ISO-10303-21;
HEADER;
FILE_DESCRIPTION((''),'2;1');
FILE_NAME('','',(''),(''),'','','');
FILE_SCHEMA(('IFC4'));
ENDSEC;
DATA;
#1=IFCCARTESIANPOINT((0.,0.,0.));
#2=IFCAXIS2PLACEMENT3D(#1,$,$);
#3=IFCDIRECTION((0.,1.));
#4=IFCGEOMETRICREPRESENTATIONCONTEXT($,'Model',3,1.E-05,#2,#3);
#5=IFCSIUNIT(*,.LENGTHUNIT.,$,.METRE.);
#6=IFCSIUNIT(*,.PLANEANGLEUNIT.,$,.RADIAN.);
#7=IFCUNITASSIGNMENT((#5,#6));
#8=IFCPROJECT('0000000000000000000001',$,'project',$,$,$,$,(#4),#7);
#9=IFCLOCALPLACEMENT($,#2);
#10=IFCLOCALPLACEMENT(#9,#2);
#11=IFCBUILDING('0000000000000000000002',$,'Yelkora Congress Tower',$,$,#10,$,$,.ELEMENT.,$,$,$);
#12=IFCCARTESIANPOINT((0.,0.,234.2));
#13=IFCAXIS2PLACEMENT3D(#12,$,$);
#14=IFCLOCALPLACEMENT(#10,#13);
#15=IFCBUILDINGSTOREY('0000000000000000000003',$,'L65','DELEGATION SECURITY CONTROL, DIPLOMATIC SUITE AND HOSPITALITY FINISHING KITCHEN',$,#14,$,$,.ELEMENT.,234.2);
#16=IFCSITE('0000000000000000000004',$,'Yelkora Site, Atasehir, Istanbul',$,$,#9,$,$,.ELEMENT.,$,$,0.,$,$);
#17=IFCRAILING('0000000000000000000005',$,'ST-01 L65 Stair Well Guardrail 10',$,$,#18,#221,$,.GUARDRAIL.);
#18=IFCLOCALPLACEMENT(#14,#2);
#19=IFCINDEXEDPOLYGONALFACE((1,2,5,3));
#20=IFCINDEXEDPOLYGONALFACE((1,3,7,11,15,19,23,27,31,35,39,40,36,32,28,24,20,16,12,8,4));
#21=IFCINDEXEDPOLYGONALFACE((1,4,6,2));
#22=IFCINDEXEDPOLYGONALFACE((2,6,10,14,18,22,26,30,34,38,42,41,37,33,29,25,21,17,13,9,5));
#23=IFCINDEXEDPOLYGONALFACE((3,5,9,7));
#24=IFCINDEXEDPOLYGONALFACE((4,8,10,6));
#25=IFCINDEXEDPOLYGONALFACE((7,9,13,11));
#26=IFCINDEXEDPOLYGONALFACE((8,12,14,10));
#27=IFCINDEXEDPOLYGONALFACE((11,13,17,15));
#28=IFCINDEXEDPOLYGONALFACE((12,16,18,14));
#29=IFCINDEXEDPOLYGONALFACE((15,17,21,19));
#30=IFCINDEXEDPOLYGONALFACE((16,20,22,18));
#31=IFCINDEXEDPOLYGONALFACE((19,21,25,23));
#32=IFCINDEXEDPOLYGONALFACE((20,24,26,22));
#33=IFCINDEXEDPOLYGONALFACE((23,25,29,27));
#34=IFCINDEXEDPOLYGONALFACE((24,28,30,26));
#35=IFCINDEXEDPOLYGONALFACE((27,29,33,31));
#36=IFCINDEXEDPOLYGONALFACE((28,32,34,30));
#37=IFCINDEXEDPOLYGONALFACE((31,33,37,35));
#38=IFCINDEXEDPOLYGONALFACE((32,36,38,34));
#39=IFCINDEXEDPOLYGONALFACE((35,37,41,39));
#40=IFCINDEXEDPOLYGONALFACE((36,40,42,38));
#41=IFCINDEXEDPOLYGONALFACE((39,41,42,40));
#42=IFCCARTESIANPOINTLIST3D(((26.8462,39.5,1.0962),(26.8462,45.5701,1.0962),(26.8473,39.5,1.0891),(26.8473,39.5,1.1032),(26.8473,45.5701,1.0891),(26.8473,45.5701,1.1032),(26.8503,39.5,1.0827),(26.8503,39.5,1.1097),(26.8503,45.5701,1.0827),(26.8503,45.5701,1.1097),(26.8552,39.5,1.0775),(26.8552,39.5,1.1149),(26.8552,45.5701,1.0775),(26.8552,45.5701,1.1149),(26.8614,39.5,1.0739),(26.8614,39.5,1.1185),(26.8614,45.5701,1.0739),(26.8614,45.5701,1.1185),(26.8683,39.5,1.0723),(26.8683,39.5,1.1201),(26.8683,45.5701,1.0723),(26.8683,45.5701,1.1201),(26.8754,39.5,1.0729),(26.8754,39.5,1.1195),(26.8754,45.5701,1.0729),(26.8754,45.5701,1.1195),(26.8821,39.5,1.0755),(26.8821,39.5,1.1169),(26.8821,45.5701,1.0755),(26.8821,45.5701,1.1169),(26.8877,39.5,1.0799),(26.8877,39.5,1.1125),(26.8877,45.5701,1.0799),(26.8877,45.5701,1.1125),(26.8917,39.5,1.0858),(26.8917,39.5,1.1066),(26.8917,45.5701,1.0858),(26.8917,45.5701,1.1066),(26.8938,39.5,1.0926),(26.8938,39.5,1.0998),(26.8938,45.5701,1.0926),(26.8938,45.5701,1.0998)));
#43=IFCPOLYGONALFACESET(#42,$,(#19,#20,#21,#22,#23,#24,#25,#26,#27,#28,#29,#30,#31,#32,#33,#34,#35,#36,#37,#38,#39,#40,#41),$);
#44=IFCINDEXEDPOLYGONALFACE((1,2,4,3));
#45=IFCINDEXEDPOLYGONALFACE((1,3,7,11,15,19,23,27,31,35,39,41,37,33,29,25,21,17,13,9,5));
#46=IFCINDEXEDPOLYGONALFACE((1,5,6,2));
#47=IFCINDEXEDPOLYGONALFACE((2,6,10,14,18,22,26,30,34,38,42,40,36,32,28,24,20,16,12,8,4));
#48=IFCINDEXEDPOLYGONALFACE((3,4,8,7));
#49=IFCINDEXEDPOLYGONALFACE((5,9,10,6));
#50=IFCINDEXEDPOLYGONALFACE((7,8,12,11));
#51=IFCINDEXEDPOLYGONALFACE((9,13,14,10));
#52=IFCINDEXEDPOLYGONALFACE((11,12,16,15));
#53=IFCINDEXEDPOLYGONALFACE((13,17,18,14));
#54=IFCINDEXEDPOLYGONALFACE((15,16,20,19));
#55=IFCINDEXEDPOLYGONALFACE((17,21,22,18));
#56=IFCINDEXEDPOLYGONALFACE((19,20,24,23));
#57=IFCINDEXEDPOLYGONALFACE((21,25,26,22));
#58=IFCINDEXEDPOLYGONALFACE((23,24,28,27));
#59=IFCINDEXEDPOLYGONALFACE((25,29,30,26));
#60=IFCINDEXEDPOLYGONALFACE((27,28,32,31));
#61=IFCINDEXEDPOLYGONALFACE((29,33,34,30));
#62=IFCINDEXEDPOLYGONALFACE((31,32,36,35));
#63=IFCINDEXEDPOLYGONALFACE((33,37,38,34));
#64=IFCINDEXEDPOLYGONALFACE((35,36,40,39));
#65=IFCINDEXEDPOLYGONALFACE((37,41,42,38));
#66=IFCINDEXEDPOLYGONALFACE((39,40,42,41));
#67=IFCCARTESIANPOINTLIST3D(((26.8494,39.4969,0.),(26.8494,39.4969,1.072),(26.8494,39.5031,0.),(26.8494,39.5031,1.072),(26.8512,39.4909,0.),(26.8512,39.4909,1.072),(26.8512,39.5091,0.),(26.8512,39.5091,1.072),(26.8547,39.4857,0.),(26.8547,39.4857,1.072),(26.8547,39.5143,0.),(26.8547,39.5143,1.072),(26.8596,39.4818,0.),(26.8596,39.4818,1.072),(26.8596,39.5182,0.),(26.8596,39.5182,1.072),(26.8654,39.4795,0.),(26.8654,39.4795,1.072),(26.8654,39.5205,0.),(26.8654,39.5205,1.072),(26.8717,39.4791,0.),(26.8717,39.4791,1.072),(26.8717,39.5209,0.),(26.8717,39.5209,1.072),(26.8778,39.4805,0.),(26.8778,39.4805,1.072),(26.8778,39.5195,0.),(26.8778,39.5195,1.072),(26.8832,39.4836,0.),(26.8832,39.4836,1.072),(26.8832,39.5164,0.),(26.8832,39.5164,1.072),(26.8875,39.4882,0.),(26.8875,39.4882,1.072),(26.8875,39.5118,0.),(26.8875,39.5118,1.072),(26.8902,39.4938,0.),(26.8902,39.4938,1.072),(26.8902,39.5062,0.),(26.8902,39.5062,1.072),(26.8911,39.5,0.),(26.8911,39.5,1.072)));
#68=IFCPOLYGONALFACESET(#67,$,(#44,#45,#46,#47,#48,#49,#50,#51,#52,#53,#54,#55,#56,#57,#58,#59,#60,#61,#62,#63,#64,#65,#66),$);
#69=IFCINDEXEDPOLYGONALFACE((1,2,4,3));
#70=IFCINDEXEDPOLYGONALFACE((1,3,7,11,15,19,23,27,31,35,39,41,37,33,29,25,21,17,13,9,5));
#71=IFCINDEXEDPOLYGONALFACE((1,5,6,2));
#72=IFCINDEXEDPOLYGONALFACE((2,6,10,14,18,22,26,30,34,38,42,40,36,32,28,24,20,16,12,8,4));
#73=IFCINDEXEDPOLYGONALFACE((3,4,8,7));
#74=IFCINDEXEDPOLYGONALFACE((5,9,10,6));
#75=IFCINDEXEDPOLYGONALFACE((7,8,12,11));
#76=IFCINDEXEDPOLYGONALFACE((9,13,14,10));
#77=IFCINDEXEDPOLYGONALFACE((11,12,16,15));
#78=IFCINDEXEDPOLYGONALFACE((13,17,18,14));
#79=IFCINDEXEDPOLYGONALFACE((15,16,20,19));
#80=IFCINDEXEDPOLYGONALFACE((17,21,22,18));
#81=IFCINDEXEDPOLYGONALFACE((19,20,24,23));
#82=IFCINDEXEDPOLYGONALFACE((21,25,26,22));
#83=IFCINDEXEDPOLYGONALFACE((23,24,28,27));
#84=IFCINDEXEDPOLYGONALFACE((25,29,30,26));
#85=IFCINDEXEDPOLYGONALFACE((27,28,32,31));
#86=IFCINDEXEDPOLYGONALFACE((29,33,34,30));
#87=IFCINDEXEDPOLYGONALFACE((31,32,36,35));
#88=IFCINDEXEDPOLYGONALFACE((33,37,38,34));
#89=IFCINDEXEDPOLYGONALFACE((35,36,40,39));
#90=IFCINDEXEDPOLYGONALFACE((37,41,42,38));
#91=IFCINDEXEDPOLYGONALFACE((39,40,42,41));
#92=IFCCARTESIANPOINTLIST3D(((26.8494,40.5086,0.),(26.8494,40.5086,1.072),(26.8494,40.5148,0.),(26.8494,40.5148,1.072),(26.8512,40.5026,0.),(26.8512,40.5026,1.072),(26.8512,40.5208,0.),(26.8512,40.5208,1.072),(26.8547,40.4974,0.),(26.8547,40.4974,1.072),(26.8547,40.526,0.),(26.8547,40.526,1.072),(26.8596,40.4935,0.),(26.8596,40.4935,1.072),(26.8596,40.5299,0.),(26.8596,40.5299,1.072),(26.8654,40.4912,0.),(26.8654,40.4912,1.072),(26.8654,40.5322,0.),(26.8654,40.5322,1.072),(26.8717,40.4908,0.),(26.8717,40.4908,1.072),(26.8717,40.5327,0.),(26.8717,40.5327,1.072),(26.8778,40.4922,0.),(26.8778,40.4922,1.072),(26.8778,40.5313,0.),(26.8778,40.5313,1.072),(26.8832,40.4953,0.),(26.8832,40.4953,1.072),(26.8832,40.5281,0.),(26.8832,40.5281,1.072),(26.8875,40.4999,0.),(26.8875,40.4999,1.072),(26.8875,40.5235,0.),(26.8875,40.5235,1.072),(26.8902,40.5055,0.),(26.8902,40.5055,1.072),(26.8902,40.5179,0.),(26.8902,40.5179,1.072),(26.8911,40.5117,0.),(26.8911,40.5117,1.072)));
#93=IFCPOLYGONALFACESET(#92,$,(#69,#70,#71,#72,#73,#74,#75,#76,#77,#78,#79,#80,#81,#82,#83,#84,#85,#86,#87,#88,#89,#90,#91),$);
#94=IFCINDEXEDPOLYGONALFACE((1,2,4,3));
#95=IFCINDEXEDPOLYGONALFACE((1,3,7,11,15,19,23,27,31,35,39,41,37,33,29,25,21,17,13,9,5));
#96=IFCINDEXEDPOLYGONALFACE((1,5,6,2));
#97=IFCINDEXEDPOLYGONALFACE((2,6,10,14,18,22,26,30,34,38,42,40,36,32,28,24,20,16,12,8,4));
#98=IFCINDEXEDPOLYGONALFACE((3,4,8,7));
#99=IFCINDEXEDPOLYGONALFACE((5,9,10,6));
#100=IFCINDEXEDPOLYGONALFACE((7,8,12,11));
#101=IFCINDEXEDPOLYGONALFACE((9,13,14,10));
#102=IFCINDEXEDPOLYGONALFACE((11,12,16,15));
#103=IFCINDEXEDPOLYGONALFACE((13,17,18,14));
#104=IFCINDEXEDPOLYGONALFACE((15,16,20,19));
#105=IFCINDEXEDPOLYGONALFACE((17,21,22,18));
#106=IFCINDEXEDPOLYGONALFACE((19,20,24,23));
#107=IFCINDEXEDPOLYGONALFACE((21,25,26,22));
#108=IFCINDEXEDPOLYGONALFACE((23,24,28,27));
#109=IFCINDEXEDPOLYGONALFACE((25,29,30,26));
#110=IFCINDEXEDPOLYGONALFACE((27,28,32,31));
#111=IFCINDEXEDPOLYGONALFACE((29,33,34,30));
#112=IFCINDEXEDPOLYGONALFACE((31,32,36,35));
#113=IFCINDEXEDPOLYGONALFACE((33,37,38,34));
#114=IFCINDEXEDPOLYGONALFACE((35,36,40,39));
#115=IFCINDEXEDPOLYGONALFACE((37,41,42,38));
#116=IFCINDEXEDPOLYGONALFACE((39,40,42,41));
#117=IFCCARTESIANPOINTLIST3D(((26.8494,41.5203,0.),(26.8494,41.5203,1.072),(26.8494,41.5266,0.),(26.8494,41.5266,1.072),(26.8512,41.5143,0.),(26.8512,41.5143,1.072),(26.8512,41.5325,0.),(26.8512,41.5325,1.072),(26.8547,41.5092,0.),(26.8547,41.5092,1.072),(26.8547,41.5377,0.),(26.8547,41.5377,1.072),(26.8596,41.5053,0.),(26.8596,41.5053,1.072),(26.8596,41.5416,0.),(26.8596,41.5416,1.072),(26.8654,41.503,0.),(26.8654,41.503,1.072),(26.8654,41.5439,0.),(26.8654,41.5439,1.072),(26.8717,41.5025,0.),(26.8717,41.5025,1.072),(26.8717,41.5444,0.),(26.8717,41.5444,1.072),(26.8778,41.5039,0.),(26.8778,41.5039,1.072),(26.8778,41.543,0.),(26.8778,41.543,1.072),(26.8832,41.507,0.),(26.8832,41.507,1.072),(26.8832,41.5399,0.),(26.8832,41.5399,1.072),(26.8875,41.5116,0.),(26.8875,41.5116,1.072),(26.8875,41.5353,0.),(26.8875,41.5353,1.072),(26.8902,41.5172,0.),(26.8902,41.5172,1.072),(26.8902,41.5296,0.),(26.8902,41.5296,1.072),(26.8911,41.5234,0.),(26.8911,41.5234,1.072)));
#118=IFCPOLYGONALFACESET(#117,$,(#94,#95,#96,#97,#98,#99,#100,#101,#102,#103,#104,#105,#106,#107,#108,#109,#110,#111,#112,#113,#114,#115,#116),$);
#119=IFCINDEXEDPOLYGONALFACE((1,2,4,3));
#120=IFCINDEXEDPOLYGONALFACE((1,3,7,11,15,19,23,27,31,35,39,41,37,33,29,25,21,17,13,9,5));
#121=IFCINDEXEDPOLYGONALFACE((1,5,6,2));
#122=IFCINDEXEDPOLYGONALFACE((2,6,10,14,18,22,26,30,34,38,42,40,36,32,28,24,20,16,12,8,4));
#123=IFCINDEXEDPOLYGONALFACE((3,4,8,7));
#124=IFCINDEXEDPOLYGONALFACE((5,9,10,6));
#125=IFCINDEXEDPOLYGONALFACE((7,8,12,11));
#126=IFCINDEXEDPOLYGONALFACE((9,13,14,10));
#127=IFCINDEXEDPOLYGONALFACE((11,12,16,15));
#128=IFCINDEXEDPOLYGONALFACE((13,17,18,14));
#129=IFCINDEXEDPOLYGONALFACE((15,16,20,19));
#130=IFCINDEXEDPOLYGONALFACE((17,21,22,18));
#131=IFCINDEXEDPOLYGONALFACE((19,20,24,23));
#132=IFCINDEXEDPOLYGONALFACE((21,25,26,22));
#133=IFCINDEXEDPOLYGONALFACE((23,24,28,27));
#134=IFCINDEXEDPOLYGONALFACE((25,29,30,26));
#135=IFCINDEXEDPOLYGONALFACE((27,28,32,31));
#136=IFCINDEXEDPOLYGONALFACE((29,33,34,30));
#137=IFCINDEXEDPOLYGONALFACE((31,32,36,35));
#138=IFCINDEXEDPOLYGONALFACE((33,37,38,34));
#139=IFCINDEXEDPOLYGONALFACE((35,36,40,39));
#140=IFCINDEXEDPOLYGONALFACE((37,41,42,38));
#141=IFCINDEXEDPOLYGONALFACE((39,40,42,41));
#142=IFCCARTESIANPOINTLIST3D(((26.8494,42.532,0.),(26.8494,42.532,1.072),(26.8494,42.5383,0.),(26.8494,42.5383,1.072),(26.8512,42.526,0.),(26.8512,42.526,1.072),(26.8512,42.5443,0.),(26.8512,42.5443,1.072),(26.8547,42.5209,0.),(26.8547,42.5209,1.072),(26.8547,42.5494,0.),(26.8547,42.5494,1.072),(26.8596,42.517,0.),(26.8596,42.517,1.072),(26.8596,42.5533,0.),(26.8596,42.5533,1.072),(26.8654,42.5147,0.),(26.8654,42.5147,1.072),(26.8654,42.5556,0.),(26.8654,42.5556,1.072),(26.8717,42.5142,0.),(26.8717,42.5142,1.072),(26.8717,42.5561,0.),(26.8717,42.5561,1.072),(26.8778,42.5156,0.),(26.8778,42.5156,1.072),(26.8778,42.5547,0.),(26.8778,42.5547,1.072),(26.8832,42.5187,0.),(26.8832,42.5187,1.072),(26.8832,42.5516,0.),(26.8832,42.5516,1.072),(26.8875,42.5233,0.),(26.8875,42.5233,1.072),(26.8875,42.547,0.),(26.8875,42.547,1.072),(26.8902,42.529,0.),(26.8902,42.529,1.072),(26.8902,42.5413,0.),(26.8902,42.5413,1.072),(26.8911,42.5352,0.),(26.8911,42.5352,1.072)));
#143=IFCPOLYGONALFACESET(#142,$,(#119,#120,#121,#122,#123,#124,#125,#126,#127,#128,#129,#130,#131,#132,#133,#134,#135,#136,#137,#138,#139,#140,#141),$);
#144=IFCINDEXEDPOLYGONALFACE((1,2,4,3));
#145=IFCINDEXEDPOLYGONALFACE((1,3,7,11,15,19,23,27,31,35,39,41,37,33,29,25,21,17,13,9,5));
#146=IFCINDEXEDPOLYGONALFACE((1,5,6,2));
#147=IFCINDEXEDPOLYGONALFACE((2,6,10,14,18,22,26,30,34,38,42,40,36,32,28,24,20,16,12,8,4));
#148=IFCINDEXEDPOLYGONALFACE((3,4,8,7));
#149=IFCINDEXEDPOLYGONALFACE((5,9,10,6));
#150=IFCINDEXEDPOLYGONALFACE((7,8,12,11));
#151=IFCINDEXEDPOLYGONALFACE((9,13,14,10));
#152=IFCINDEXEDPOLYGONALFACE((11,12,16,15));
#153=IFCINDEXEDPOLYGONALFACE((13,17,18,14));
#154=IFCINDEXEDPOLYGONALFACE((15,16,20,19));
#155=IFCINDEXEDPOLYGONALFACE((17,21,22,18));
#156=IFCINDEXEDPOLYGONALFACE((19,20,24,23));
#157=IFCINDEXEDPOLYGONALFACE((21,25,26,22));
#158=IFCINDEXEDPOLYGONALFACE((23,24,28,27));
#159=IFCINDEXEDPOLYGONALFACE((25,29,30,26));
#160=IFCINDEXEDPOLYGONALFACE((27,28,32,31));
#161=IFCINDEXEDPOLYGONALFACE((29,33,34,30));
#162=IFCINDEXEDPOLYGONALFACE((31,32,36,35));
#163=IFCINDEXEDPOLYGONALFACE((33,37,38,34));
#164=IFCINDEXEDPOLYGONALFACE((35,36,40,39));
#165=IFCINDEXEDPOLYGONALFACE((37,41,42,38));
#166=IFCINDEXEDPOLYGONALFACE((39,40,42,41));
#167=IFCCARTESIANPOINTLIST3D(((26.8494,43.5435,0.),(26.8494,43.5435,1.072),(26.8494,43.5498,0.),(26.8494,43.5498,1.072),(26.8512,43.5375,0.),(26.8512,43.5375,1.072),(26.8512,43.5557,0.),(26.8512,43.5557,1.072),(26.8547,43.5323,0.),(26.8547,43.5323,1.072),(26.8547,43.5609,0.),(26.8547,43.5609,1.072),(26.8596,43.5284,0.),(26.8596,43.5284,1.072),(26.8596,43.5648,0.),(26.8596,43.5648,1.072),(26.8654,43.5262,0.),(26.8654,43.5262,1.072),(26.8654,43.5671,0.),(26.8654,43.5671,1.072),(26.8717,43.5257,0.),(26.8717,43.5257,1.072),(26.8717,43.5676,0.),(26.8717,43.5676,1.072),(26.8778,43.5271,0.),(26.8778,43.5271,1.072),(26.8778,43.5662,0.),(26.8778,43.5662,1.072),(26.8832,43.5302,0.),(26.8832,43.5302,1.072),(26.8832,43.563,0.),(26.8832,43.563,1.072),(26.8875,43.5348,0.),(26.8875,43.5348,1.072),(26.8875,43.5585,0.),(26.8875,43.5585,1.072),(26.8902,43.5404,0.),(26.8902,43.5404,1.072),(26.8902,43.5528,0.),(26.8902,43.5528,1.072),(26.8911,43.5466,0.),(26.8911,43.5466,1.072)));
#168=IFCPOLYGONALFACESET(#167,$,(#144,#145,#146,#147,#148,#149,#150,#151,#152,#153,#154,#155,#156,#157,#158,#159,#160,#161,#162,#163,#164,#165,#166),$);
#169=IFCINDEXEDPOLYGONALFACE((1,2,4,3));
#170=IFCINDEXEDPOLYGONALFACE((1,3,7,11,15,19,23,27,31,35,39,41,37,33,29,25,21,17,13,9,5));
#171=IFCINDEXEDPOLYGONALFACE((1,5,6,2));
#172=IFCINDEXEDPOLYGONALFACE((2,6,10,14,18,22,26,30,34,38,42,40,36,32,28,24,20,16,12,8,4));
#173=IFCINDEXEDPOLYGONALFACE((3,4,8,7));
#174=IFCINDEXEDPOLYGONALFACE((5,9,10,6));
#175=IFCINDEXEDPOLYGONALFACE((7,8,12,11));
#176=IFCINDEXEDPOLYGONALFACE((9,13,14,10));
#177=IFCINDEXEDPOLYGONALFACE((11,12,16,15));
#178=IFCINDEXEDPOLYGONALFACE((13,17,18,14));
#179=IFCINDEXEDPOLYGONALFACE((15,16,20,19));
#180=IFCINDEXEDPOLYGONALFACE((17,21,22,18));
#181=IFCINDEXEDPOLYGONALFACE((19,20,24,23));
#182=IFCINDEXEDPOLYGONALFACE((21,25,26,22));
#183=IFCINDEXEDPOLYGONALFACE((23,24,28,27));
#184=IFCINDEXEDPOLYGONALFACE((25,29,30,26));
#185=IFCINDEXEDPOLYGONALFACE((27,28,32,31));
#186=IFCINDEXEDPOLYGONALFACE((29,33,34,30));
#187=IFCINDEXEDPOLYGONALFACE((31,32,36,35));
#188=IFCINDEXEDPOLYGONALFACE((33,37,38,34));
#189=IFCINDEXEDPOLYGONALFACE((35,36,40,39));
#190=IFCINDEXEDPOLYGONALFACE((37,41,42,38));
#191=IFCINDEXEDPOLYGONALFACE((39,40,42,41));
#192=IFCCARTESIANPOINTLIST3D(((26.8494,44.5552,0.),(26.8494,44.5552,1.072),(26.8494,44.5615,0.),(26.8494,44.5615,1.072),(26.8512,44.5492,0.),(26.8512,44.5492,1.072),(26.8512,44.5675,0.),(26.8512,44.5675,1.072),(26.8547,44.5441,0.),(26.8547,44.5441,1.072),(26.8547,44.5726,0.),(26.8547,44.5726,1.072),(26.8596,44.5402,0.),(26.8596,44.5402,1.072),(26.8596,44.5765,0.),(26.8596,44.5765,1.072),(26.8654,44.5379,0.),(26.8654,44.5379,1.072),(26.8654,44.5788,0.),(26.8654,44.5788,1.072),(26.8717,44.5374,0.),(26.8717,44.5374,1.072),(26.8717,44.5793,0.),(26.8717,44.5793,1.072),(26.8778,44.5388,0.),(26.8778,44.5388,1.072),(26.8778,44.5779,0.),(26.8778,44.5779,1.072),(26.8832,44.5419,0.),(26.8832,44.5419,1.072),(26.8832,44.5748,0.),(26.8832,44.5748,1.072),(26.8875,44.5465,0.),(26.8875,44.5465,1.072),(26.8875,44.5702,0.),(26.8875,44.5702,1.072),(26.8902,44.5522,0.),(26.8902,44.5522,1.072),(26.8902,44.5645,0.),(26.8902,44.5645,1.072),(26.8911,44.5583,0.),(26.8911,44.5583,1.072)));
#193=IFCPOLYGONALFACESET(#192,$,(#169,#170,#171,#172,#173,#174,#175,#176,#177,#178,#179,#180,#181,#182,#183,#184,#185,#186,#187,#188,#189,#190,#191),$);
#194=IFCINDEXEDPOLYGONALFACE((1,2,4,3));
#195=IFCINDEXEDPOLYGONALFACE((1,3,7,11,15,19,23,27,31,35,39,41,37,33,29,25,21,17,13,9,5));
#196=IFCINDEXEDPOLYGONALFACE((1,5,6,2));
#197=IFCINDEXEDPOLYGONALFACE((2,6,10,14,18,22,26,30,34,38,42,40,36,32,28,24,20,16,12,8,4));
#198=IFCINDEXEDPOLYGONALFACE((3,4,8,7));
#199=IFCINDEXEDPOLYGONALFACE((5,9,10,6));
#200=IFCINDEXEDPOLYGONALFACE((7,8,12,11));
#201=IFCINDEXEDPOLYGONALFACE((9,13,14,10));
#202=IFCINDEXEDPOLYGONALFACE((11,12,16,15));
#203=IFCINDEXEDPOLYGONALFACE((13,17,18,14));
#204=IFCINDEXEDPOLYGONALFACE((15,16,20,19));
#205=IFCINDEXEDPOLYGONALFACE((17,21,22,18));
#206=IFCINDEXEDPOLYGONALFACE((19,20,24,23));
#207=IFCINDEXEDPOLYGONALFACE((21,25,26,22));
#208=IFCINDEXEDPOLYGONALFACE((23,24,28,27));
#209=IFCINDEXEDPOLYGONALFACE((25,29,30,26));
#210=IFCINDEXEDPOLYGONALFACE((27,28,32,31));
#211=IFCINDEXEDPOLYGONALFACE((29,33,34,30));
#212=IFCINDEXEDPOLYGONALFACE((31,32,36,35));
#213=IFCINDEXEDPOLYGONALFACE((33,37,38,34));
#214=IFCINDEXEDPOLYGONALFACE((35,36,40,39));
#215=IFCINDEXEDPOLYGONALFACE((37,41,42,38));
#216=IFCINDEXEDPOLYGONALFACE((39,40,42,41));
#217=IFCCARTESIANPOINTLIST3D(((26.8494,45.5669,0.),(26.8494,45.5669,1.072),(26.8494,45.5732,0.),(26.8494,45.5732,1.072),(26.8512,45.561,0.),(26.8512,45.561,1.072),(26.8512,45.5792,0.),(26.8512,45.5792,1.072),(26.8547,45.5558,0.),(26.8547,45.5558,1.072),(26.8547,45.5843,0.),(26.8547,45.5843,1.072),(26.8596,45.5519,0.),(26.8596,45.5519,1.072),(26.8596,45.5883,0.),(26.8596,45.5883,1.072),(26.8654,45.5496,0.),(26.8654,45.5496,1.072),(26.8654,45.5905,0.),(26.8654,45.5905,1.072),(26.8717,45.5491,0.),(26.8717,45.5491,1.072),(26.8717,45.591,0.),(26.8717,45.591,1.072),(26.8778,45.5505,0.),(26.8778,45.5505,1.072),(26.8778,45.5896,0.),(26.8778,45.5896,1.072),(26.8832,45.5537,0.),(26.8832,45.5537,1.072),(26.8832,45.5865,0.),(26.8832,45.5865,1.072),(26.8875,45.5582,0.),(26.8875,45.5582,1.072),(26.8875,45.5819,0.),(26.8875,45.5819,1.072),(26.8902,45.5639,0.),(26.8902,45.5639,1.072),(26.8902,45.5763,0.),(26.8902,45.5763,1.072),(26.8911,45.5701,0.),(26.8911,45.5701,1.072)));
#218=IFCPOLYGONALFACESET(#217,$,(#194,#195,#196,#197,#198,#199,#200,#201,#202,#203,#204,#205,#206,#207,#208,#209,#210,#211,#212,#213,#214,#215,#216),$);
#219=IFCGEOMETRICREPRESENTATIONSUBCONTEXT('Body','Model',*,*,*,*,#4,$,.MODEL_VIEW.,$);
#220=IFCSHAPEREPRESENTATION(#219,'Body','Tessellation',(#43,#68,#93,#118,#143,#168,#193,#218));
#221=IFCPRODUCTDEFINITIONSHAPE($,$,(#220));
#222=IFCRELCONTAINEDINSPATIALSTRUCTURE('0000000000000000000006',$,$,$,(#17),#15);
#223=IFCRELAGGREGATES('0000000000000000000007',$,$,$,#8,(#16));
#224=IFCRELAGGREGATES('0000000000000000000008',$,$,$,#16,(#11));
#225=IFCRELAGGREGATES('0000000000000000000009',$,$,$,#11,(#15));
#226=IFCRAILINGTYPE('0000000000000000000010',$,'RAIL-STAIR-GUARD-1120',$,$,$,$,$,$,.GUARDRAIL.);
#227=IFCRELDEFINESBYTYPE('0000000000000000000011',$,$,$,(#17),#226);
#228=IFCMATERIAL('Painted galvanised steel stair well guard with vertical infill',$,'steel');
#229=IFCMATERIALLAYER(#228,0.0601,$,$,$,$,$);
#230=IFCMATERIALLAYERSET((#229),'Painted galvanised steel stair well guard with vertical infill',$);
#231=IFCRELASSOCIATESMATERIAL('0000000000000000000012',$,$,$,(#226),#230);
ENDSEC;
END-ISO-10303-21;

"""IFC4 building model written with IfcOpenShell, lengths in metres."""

from ifc_helpers import new_model, si_unit, direction, frame, origin, origin_2d, place, context, subcontext, project, spatial, circle, extrude, material, layer, layer_set, type_object, element, save


model = new_model("IFC4")

# Units and contexts
model_context = context("Model", 3, precision=1e-05, world=origin(), true_north=direction((0.0, 1.0)))
body_context = subcontext(model_context, "Body", "Model", "MODEL_VIEW")
ifc_project = project(units=[si_unit("LENGTHUNIT", "METRE"), si_unit("PLANEANGLEUNIT", "RADIAN")], contexts=[model_context])

# Site, building, storey
site_placement = place(None, origin())
site = spatial("IfcSite", under=ifc_project, at=site_placement, Name="Yelkora Site, Atasehir, Istanbul", CompositionType="ELEMENT", RefElevation=0.0)
building_placement = place(site_placement, origin())
building = spatial("IfcBuilding", under=site, at=building_placement, Name="Yelkora Congress Tower", CompositionType="ELEMENT")
storey_placement = place(building_placement, frame((0.0, 0.0, 234.2)))
storey = spatial("IfcBuildingStorey", under=building, at=storey_placement, Name="L65", Description="DELEGATION SECURITY CONTROL, DIPLOMATIC SUITE AND HOSPITALITY FINISHING KITCHEN", CompositionType="ELEMENT", Elevation=234.2)

# Railing
ifc_material_1 = material(Name="Painted galvanised steel stair well guard with vertical infill", Category="steel")
ifc_layer_1 = layer(ifc_material_1, 0.0601)
ifc_layer_set_1 = layer_set([ifc_layer_1], Name="Painted galvanised steel stair well guard with vertical infill")
railing_type_1 = type_object("IfcRailingType", Name="RAIL-STAIR-GUARD-1120", PredefinedType="GUARDRAIL", material=ifc_layer_set_1)
railing_1_placement = place(storey_placement, frame((26.8701, 39.5, 0.0)))
element("IfcRailing", 1, at=railing_1_placement, inside=storey, type_object=railing_type_1, Name="ST-01 L65 Stair Well Guardrail 10", PredefinedType="GUARDRAIL", context=body_context, shape_type="SweptSolid", body=[
    extrude(circle(Radius=0.0239, at=origin_2d()), frame((0.0, 0.0, 1.0962), z_axis=(0.0, 1.0, 0.0), x_axis=(-1.0, 0.0, 0.0)), (0.0, 0.0, 1.0), 6.0701),
    extrude(circle(Radius=0.021, at=origin_2d()), origin(), (0.0, 0.0, 1.0), 1.072),
    extrude(circle(Radius=0.021, at=origin_2d()), frame((0.0, 1.0117, 0.0)), (0.0, 0.0, 1.0), 1.072),
    extrude(circle(Radius=0.021, at=origin_2d()), frame((0.0, 2.0234, 0.0)), (0.0, 0.0, 1.0), 1.072),
    extrude(circle(Radius=0.021, at=origin_2d()), frame((0.0, 3.0352, 0.0)), (0.0, 0.0, 1.0), 1.072),
    extrude(circle(Radius=0.021, at=origin_2d()), frame((0.0, 4.0466, 0.0)), (0.0, 0.0, 1.0), 1.072),
    extrude(circle(Radius=0.021, at=origin_2d()), frame((0.0, 5.0583, 0.0)), (0.0, 0.0, 1.0), 1.072),
    extrude(circle(Radius=0.021, at=origin_2d()), frame((0.0, 6.0701, 0.0)), (0.0, 0.0, 1.0), 1.072),
])

save(model, "model.ifc")
